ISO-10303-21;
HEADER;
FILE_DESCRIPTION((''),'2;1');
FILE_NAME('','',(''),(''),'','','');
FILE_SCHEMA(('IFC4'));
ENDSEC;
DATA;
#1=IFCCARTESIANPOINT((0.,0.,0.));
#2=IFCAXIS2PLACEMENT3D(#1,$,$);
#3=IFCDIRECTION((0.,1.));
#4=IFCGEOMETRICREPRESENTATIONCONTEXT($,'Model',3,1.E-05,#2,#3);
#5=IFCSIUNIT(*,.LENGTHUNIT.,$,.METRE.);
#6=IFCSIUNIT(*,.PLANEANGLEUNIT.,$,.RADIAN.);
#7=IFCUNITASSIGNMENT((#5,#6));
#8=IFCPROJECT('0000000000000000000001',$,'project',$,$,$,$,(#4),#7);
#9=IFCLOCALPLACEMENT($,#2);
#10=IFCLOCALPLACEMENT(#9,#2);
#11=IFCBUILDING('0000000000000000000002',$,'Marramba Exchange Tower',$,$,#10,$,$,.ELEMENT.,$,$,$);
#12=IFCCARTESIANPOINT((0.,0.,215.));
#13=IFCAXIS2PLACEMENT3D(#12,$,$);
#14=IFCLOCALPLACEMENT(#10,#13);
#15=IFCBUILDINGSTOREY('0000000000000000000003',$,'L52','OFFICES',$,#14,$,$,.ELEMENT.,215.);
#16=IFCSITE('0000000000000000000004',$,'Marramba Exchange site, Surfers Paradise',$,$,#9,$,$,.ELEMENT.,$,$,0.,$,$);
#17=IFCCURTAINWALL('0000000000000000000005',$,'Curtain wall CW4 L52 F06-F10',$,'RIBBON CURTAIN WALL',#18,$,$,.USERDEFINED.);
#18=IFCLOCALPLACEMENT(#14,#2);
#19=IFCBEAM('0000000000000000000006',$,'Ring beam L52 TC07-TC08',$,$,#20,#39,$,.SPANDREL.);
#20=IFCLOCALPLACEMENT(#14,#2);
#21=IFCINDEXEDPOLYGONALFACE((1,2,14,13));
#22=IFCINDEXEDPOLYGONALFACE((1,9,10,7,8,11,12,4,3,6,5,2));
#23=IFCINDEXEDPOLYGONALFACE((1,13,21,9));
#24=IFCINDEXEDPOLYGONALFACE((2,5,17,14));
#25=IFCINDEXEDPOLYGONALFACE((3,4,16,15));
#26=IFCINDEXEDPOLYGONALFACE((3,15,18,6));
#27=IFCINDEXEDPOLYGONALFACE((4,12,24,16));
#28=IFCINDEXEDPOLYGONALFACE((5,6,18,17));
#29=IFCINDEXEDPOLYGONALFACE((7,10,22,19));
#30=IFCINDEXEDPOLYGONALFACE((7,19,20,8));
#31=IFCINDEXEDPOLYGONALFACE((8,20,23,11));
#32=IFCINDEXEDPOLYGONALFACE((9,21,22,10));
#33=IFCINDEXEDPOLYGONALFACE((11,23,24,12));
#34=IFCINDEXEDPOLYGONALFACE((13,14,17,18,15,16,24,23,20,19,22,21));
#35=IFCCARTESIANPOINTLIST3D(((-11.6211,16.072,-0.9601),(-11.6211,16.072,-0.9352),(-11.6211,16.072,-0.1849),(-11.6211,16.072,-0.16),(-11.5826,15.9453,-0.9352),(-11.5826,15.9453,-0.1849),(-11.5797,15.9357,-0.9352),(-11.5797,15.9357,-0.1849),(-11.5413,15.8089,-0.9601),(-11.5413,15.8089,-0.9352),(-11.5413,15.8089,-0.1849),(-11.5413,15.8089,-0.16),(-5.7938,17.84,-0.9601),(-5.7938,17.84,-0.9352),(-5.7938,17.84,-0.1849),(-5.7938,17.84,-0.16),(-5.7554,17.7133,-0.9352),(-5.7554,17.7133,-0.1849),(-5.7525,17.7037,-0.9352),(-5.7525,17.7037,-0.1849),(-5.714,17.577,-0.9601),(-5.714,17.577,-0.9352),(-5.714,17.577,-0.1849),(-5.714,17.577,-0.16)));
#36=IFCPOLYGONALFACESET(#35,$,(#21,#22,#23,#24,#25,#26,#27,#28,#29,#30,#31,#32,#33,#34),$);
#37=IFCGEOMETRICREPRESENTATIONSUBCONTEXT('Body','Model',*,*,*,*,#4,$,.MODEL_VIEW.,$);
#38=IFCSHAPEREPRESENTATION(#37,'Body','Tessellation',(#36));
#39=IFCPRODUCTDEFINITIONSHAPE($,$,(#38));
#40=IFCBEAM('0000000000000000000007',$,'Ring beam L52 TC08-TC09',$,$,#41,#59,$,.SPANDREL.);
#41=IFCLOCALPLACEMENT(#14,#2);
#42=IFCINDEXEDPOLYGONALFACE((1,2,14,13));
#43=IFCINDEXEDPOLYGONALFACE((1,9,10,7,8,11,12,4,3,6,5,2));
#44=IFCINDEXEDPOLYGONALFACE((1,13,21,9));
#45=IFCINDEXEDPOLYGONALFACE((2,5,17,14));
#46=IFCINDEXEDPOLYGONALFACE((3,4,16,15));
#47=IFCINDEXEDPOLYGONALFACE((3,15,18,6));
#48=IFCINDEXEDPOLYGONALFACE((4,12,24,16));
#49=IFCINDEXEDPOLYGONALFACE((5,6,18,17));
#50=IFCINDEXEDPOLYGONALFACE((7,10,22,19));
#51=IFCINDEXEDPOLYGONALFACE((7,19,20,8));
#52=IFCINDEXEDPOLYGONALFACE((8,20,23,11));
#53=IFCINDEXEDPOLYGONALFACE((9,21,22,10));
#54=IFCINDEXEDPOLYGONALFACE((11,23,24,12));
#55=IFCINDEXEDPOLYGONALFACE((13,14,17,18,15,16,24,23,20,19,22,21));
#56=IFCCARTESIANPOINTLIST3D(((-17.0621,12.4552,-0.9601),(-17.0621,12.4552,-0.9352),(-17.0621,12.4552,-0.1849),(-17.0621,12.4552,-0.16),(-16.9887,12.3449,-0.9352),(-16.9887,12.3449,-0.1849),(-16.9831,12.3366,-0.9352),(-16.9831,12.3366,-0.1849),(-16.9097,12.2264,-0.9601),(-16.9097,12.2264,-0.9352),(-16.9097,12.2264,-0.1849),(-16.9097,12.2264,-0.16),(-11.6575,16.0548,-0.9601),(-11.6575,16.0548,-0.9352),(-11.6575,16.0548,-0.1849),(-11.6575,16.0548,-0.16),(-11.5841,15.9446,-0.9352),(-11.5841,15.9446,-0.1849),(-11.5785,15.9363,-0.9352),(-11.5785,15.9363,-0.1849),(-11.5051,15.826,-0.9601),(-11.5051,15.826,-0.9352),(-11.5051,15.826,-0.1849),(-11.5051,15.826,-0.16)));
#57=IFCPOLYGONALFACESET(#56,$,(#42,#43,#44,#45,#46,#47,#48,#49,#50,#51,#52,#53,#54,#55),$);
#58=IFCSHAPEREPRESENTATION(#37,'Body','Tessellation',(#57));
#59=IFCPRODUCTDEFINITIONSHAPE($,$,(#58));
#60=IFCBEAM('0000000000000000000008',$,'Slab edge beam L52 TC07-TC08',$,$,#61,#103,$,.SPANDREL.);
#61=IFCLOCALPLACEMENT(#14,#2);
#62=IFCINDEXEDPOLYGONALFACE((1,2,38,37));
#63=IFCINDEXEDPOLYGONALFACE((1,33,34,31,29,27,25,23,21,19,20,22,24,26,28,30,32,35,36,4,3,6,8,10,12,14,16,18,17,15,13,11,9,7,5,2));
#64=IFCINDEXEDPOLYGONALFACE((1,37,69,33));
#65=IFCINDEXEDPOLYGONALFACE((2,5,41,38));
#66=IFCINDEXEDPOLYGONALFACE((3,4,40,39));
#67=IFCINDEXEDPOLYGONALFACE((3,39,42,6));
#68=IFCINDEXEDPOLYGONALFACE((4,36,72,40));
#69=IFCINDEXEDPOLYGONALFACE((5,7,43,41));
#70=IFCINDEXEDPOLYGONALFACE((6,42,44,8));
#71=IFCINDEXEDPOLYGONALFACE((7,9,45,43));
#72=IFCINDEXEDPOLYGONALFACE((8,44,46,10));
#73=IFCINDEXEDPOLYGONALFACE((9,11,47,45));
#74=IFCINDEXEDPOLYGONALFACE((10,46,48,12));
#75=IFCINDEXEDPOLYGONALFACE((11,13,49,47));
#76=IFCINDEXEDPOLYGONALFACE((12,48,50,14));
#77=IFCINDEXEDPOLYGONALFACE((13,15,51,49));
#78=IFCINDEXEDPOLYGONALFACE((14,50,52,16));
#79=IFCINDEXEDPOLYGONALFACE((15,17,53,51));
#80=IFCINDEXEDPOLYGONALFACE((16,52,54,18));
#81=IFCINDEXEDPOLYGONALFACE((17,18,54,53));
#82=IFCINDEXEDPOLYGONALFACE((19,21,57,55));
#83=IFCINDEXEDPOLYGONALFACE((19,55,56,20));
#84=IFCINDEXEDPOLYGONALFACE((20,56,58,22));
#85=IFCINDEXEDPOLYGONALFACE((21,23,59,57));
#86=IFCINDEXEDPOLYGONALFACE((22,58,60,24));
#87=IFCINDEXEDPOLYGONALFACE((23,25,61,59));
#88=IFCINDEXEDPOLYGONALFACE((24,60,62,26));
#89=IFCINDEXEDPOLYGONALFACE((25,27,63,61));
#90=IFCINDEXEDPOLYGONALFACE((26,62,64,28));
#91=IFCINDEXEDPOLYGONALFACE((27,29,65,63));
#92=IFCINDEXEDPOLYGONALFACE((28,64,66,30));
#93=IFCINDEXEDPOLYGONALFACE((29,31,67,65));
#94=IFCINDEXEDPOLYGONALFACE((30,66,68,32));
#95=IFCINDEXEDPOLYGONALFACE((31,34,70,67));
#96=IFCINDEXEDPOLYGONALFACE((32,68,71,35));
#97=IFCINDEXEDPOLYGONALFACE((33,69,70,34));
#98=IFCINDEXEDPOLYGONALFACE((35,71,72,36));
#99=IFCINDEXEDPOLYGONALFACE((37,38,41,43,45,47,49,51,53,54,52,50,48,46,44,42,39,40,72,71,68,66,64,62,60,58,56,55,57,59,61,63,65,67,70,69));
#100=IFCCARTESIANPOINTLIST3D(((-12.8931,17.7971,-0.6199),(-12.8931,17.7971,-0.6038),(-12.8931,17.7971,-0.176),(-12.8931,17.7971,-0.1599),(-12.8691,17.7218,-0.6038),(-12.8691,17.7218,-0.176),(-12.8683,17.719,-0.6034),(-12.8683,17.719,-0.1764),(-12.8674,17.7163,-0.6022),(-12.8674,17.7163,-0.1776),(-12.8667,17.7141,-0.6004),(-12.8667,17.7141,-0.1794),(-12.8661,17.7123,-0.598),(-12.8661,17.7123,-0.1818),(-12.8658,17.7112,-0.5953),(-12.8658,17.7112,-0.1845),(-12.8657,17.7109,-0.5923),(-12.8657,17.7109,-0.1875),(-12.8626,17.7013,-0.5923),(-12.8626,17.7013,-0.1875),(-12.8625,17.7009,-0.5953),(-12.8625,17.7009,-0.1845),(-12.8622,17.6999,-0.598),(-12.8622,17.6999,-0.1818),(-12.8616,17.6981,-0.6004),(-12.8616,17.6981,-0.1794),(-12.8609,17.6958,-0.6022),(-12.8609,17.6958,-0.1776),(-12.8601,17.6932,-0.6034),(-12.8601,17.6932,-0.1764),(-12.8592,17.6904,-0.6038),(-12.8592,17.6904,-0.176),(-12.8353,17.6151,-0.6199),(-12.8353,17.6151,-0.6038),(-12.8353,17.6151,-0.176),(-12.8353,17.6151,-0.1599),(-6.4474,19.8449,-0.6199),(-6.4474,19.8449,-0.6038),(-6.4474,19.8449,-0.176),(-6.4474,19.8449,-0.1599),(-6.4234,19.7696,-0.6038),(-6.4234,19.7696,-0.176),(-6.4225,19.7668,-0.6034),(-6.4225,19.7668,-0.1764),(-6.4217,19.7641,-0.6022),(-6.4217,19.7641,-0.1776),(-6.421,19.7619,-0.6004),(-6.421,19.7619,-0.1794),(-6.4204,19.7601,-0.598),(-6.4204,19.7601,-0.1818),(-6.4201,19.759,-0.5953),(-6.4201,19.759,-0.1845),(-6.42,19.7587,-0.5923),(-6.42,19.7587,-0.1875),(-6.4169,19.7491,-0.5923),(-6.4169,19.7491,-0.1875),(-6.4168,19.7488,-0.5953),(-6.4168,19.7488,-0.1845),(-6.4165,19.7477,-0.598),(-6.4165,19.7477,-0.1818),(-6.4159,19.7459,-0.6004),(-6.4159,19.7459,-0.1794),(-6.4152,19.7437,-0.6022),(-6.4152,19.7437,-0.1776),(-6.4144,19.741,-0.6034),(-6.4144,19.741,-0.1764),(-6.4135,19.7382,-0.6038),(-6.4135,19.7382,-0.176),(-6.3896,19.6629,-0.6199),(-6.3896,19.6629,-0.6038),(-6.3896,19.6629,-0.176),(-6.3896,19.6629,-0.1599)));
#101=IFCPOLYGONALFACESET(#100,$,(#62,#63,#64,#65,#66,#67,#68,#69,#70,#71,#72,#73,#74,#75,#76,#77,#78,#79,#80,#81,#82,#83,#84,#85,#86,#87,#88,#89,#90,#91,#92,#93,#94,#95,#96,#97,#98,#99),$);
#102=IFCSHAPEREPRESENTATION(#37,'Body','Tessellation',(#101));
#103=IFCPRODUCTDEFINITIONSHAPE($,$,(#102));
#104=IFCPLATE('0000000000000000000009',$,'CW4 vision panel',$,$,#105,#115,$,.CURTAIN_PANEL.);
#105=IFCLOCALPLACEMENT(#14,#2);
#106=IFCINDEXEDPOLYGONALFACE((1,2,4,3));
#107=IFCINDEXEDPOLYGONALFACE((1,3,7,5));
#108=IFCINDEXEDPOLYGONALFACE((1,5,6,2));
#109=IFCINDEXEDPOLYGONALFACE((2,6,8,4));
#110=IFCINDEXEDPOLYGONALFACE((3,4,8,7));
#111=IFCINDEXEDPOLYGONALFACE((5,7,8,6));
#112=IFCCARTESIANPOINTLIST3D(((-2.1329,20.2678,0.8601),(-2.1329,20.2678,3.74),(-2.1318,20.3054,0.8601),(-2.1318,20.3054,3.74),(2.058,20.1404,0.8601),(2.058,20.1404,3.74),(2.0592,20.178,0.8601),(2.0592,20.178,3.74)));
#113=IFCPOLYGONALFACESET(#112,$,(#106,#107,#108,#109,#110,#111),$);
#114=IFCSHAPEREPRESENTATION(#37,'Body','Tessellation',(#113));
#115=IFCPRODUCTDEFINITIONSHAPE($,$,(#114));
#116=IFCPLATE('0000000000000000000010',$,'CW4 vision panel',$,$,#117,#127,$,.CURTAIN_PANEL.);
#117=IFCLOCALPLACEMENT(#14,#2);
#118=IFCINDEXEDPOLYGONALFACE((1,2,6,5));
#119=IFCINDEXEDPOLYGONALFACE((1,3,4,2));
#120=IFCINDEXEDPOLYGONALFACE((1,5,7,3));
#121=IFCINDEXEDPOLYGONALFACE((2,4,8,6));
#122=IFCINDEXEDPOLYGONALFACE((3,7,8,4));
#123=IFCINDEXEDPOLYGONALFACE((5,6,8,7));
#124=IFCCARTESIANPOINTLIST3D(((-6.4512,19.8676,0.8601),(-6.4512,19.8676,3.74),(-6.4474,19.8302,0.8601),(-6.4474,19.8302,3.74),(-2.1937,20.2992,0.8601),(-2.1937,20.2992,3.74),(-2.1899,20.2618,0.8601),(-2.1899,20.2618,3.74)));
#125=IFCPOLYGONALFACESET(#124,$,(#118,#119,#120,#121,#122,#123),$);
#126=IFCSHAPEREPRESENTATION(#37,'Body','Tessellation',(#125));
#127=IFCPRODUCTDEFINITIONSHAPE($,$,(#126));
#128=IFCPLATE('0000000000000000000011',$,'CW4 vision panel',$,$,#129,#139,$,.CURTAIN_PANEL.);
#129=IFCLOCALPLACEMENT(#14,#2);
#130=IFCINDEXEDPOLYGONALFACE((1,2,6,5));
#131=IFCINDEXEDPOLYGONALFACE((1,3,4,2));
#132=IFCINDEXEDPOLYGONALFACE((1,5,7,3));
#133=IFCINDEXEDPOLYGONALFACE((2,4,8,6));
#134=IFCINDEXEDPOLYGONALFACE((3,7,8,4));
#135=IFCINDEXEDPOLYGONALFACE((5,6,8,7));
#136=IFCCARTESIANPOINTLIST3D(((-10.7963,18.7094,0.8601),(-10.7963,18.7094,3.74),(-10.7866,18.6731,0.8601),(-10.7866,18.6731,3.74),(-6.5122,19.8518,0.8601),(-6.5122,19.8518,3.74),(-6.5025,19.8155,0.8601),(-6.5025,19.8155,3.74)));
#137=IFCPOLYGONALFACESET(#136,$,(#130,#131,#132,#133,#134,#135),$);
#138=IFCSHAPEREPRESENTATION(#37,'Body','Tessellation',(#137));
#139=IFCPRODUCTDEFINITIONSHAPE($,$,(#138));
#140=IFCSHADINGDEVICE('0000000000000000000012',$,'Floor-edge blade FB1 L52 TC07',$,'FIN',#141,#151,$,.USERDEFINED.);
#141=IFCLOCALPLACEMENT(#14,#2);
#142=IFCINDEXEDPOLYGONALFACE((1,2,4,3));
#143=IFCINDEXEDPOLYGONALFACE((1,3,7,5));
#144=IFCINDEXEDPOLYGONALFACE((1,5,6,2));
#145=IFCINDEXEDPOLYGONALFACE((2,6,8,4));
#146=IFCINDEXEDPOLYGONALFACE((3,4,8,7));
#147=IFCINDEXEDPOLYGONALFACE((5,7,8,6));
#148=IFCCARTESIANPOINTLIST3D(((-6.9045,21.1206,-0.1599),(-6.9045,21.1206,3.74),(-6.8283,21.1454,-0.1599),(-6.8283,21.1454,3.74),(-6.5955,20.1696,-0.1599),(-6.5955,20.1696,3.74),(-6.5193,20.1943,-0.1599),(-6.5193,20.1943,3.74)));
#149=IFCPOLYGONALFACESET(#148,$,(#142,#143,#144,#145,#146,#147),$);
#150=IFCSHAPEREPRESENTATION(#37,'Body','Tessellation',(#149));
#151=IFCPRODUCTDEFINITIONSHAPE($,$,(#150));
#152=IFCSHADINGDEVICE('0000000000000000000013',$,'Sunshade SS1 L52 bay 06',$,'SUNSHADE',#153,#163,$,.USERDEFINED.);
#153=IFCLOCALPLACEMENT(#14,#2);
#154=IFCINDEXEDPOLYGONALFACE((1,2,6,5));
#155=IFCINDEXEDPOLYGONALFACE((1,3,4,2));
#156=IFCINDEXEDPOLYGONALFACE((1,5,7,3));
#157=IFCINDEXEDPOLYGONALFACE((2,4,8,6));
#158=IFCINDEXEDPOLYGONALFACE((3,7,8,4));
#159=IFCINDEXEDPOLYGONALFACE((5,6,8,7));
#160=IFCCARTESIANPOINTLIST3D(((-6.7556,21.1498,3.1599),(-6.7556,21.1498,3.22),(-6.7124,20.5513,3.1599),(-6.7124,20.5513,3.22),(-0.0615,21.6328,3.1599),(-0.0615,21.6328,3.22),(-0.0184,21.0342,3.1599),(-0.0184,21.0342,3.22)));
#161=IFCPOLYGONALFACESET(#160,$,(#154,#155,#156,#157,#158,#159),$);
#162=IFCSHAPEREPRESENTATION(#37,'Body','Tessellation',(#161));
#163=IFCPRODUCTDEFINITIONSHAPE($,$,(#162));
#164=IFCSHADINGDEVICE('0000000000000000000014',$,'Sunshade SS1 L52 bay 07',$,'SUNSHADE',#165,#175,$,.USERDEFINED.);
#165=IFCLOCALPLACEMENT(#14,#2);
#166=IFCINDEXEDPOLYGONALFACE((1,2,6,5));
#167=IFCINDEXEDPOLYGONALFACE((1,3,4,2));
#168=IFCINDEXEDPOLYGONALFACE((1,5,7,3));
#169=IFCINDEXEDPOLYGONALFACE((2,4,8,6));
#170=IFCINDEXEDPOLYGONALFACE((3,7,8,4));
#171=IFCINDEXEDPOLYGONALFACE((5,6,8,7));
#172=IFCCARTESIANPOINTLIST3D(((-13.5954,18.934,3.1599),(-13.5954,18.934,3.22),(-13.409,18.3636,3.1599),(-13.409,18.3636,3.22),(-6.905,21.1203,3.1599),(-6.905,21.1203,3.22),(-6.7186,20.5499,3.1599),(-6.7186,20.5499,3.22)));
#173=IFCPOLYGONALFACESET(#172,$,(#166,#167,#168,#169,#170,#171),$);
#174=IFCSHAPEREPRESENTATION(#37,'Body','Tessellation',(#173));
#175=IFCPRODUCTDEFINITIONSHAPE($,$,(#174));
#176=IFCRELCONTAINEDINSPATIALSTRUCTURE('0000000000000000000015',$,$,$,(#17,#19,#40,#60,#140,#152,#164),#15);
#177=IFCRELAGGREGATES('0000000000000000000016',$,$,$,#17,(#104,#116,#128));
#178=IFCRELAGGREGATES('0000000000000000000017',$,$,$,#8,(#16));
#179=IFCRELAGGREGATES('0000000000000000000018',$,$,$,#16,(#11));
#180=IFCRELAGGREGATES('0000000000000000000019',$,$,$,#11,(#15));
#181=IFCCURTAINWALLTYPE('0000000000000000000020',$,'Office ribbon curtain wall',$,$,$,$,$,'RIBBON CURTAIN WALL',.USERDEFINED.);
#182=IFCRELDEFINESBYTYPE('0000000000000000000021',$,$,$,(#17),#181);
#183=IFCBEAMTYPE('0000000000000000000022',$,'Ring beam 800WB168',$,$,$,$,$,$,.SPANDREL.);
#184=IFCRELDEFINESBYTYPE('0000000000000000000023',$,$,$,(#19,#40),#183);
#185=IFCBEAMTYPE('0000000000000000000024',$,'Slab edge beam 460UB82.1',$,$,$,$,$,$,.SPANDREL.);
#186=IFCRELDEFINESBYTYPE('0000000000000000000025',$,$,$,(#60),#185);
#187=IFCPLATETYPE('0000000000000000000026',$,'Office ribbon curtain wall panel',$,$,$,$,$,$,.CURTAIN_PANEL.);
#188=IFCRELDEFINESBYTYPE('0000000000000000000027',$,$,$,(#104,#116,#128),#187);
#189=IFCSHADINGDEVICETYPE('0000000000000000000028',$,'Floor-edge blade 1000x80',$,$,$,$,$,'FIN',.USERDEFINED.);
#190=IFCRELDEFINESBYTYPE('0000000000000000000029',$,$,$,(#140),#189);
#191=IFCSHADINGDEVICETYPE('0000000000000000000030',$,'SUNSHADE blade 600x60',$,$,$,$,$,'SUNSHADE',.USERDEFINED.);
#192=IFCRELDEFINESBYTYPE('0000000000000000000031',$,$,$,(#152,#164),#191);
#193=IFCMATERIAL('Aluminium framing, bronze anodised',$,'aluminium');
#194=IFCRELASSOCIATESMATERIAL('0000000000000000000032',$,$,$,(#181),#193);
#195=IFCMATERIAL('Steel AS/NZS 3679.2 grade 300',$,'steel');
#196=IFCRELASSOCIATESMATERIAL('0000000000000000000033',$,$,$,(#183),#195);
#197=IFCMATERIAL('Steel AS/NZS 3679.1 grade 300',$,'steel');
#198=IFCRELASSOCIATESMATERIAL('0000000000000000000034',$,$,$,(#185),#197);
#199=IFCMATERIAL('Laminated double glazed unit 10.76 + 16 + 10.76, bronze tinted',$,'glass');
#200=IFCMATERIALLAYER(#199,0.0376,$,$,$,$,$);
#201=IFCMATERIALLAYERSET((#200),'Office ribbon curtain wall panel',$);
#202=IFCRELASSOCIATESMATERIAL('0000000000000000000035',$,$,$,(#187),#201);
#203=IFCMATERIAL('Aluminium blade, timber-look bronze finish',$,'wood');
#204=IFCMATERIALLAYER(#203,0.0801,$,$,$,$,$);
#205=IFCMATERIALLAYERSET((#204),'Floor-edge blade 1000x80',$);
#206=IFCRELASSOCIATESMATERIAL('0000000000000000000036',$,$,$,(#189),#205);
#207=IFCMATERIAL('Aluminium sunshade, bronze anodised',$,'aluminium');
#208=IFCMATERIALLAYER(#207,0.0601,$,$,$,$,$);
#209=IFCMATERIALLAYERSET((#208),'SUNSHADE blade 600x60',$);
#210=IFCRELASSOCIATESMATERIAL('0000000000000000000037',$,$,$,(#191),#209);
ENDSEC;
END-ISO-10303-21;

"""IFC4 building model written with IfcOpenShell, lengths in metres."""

from ifc_helpers import new_model, si_unit, direction, frame, origin, origin_2d, place, context, subcontext, project, spatial, rectangle, i_section, extrude, material, layer, layer_set, material_profile, profile_set, type_object, element, aggregate, save


model = new_model("IFC4")

# Units and contexts
model_context = context("Model", 3, precision=1e-05, world=origin(), true_north=direction((0.0, 1.0)))
body_context = subcontext(model_context, "Body", "Model", "MODEL_VIEW")
ifc_project = project(units=[si_unit("LENGTHUNIT", "METRE"), si_unit("PLANEANGLEUNIT", "RADIAN")], contexts=[model_context])

# Site, building, storey
site_placement = place(None, origin())
site = spatial("IfcSite", under=ifc_project, at=site_placement, Name="Marramba Exchange site, Surfers Paradise", CompositionType="ELEMENT", RefElevation=0.0)
building_placement = place(site_placement, origin())
building = spatial("IfcBuilding", under=site, at=building_placement, Name="Marramba Exchange Tower", CompositionType="ELEMENT")
storey_placement = place(building_placement, frame((0.0, 0.0, 215.0)))
storey = spatial("IfcBuildingStorey", under=building, at=storey_placement, Name="L52", Description="OFFICES", CompositionType="ELEMENT", Elevation=215.0)

# Shared definitions
ifc_material_1 = material(Name="Steel AS/NZS 3679.2 grade 300", Category="steel")

# Curtain wall
ifc_material_2 = material(Name="Aluminium framing, bronze anodised", Category="aluminium")
curtain_wall_type = type_object("IfcCurtainWallType", Name="Office ribbon curtain wall", ElementType="RIBBON CURTAIN WALL", PredefinedType="USERDEFINED", material=ifc_material_2)
curtain_wall_1_placement = place(storey_placement, origin())
curtain_wall_1 = element("IfcCurtainWall", 1, at=curtain_wall_1_placement, inside=storey, type_object=curtain_wall_type, Name="Curtain wall CW4 L52 F06-F10", ObjectType="RIBBON CURTAIN WALL", PredefinedType="USERDEFINED")

# Beams
ifc_material_profile_1 = material_profile(ifc_material_1, i_section(OverallWidth=0.2749, OverallDepth=0.8, WebThickness=0.01, FlangeThickness=0.0249, at=origin_2d()), Name="800WB168")
ifc_profile_set_1 = profile_set([ifc_material_profile_1], Name="Steel AS/NZS 3679.2 grade 300")
beam_type_1 = type_object("IfcBeamType", Name="Ring beam 800WB168", PredefinedType="SPANDREL", material=ifc_profile_set_1)
beam_1_placement = place(storey_placement, frame((-5.7539, 17.7085, -0.5601), z_axis=(-0.956925, -0.290337, 0.0), x_axis=(0.290337, -0.956925, 0.0)))
element("IfcBeam", 2, at=beam_1_placement, inside=storey, type_object=beam_type_1, Name="Ring beam L52 TC07-TC08", PredefinedType="SPANDREL", context=body_context, shape_type="SweptSolid", body=[
    extrude(i_section(OverallWidth=0.2749, OverallDepth=0.8, WebThickness=0.01, FlangeThickness=0.0249, at=origin_2d()), origin(), (0.0, 0.0, 1.0), 6.0896),
])
beam_2_placement = place(storey_placement, frame((-11.5813, 15.9404, -0.5601), z_axis=(-0.832293, -0.554336, 0.0), x_axis=(0.554336, -0.832293, 0.0)))
element("IfcBeam", 3, at=beam_2_placement, inside=storey, type_object=beam_type_1, Name="Ring beam L52 TC08-TC09", PredefinedType="SPANDREL", context=body_context, shape_type="SweptSolid", body=[
    extrude(i_section(OverallWidth=0.2749, OverallDepth=0.8, WebThickness=0.01, FlangeThickness=0.0249, at=origin_2d()), origin(), (0.0, 0.0, 1.0), 6.4937),
])
ifc_material_3 = material(Name="Steel AS/NZS 3679.1 grade 300", Category="steel")
ifc_material_profile_2 = material_profile(ifc_material_3, i_section(OverallWidth=0.1909, OverallDepth=0.46, WebThickness=0.01, FlangeThickness=0.0161, FilletRadius=0.0115, at=origin_2d()), Name="460UB82.1")
ifc_profile_set_2 = profile_set([ifc_material_profile_2], Name="Steel AS/NZS 3679.1 grade 300")
beam_type_2 = type_object("IfcBeamType", Name="Slab edge beam 460UB82.1", PredefinedType="SPANDREL", material=ifc_profile_set_2)
beam_3_placement = place(storey_placement, frame((-6.4185, 19.7539, -0.3899), z_axis=(-0.953057, -0.302789, 0.0), x_axis=(0.302789, -0.953057, 0.0)))
element("IfcBeam", 4, at=beam_3_placement, inside=storey, type_object=beam_type_2, Name="Slab edge beam L52 TC07-TC08", PredefinedType="SPANDREL", context=body_context, shape_type="SweptSolid", body=[
    extrude(i_section(OverallWidth=0.1909, OverallDepth=0.46, WebThickness=0.01, FlangeThickness=0.0161, FilletRadius=0.0115, at=origin_2d()), origin(), (0.0, 0.0, 1.0), 6.7632),
])

# Plates
ifc_material_4 = material(Name="Laminated double glazed unit 10.76 + 16 + 10.76, bronze tinted", Category="glass")
ifc_layer_1 = layer(ifc_material_4, 0.0376)
ifc_layer_set_1 = layer_set([ifc_layer_1], Name="Office ribbon curtain wall panel")
plate_type = type_object("IfcPlateType", Name="Office ribbon curtain wall panel", PredefinedType="CURTAIN_PANEL", material=ifc_layer_set_1)
plate_1_placement = place(storey_placement, frame((-0.0369, 20.2229, 0.8601), z_axis=(0.0, 0.0, 1.0), x_axis=(-0.999538, 0.030394, 0.0)))
plate_1 = element("IfcPlate", 5, at=plate_1_placement, type_object=plate_type, Name="CW4 vision panel", PredefinedType="CURTAIN_PANEL", context=body_context, shape_type="SweptSolid", body=[
    extrude(rectangle(XDim=4.1929, YDim=0.0376, at=origin_2d()), origin(), (0.0, 0.0, 1.0), 2.8799),
])
plate_2_placement = place(storey_placement, frame((-4.3206, 20.0647, 0.8601), z_axis=(0.0, 0.0, 1.0), x_axis=(-0.9949, -0.100863, 0.0)))
plate_2 = element("IfcPlate", 6, at=plate_2_placement, type_object=plate_type, Name="CW4 vision panel", PredefinedType="CURTAIN_PANEL", context=body_context, shape_type="SweptSolid", body=[
    extrude(rectangle(XDim=4.2793, YDim=0.0376, at=origin_2d()), origin(), (0.0, 0.0, 1.0), 2.8799),
])
plate_3_placement = place(storey_placement, frame((-8.6494, 19.2625, 0.8601), z_axis=(0.0, 0.0, 1.0), x_axis=(-0.966241, -0.257641, 0.0)))
plate_3 = element("IfcPlate", 7, at=plate_3_placement, type_object=plate_type, Name="CW4 vision panel", PredefinedType="CURTAIN_PANEL", context=body_context, shape_type="SweptSolid", body=[
    extrude(rectangle(XDim=4.4338, YDim=0.0376, at=origin_2d()), origin(), (0.0, 0.0, 1.0), 2.8799),
])
aggregate(curtain_wall_1, [plate_1, plate_2, plate_3])

# Shading devices
ifc_material_5 = material(Name="Aluminium blade, timber-look bronze finish", Category="wood")
ifc_layer_2 = layer(ifc_material_5, 0.0801)
ifc_layer_set_2 = layer_set([ifc_layer_2], Name="Floor-edge blade 1000x80")
shading_device_type_1 = type_object("IfcShadingDeviceType", Name="Floor-edge blade 1000x80", ElementType="FIN", PredefinedType="USERDEFINED", material=ifc_layer_set_2)
shading_device_1_placement = place(storey_placement, frame((-6.7119, 20.6575, -0.1599), z_axis=(0.0, 0.0, 1.0), x_axis=(-0.309017, 0.951057, 0.0)))
element("IfcShadingDevice", 8, at=shading_device_1_placement, inside=storey, type_object=shading_device_type_1, Name="Floor-edge blade FB1 L52 TC07", ObjectType="FIN", PredefinedType="USERDEFINED", context=body_context, shape_type="SweptSolid", body=[
    extrude(rectangle(XDim=1.0, YDim=0.0801, at=origin_2d()), origin(), (0.0, 0.0, 1.0), 3.8999),
])
ifc_material_6 = material(Name="Aluminium sunshade, bronze anodised", Category="aluminium")
ifc_layer_3 = layer(ifc_material_6, 0.0601)
ifc_layer_set_3 = layer_set([ifc_layer_3], Name="SUNSHADE blade 600x60")
shading_device_type_2 = type_object("IfcShadingDeviceType", Name="SUNSHADE blade 600x60", ElementType="SUNSHADE", PredefinedType="USERDEFINED", material=ifc_layer_set_3)
shading_device_2_placement = place(storey_placement, frame((-3.387, 21.092, 3.1599), z_axis=(0.0, 0.0, 1.0), x_axis=(-0.997408, -0.071958, 0.0)))
element("IfcShadingDevice", 9, at=shading_device_2_placement, inside=storey, type_object=shading_device_type_2, Name="Sunshade SS1 L52 bay 06", ObjectType="SUNSHADE", PredefinedType="USERDEFINED", context=body_context, shape_type="SweptSolid", body=[
    extrude(rectangle(XDim=6.7114, YDim=0.6001, at=origin_2d()), origin(), (0.0, 0.0, 1.0), 0.0601),
])
shading_device_3_placement = place(storey_placement, frame((-10.157, 19.7419, 3.1599), z_axis=(0.0, 0.0, 1.0), x_axis=(-0.950538, -0.31061, 0.0)))
element("IfcShadingDevice", 10, at=shading_device_3_placement, inside=storey, type_object=shading_device_type_2, Name="Sunshade SS1 L52 bay 07", ObjectType="SUNSHADE", PredefinedType="USERDEFINED", context=body_context, shape_type="SweptSolid", body=[
    extrude(rectangle(XDim=7.0386, YDim=0.6001, at=origin_2d()), origin(), (0.0, 0.0, 1.0), 0.0601),
])

save(model, "model.ifc")
